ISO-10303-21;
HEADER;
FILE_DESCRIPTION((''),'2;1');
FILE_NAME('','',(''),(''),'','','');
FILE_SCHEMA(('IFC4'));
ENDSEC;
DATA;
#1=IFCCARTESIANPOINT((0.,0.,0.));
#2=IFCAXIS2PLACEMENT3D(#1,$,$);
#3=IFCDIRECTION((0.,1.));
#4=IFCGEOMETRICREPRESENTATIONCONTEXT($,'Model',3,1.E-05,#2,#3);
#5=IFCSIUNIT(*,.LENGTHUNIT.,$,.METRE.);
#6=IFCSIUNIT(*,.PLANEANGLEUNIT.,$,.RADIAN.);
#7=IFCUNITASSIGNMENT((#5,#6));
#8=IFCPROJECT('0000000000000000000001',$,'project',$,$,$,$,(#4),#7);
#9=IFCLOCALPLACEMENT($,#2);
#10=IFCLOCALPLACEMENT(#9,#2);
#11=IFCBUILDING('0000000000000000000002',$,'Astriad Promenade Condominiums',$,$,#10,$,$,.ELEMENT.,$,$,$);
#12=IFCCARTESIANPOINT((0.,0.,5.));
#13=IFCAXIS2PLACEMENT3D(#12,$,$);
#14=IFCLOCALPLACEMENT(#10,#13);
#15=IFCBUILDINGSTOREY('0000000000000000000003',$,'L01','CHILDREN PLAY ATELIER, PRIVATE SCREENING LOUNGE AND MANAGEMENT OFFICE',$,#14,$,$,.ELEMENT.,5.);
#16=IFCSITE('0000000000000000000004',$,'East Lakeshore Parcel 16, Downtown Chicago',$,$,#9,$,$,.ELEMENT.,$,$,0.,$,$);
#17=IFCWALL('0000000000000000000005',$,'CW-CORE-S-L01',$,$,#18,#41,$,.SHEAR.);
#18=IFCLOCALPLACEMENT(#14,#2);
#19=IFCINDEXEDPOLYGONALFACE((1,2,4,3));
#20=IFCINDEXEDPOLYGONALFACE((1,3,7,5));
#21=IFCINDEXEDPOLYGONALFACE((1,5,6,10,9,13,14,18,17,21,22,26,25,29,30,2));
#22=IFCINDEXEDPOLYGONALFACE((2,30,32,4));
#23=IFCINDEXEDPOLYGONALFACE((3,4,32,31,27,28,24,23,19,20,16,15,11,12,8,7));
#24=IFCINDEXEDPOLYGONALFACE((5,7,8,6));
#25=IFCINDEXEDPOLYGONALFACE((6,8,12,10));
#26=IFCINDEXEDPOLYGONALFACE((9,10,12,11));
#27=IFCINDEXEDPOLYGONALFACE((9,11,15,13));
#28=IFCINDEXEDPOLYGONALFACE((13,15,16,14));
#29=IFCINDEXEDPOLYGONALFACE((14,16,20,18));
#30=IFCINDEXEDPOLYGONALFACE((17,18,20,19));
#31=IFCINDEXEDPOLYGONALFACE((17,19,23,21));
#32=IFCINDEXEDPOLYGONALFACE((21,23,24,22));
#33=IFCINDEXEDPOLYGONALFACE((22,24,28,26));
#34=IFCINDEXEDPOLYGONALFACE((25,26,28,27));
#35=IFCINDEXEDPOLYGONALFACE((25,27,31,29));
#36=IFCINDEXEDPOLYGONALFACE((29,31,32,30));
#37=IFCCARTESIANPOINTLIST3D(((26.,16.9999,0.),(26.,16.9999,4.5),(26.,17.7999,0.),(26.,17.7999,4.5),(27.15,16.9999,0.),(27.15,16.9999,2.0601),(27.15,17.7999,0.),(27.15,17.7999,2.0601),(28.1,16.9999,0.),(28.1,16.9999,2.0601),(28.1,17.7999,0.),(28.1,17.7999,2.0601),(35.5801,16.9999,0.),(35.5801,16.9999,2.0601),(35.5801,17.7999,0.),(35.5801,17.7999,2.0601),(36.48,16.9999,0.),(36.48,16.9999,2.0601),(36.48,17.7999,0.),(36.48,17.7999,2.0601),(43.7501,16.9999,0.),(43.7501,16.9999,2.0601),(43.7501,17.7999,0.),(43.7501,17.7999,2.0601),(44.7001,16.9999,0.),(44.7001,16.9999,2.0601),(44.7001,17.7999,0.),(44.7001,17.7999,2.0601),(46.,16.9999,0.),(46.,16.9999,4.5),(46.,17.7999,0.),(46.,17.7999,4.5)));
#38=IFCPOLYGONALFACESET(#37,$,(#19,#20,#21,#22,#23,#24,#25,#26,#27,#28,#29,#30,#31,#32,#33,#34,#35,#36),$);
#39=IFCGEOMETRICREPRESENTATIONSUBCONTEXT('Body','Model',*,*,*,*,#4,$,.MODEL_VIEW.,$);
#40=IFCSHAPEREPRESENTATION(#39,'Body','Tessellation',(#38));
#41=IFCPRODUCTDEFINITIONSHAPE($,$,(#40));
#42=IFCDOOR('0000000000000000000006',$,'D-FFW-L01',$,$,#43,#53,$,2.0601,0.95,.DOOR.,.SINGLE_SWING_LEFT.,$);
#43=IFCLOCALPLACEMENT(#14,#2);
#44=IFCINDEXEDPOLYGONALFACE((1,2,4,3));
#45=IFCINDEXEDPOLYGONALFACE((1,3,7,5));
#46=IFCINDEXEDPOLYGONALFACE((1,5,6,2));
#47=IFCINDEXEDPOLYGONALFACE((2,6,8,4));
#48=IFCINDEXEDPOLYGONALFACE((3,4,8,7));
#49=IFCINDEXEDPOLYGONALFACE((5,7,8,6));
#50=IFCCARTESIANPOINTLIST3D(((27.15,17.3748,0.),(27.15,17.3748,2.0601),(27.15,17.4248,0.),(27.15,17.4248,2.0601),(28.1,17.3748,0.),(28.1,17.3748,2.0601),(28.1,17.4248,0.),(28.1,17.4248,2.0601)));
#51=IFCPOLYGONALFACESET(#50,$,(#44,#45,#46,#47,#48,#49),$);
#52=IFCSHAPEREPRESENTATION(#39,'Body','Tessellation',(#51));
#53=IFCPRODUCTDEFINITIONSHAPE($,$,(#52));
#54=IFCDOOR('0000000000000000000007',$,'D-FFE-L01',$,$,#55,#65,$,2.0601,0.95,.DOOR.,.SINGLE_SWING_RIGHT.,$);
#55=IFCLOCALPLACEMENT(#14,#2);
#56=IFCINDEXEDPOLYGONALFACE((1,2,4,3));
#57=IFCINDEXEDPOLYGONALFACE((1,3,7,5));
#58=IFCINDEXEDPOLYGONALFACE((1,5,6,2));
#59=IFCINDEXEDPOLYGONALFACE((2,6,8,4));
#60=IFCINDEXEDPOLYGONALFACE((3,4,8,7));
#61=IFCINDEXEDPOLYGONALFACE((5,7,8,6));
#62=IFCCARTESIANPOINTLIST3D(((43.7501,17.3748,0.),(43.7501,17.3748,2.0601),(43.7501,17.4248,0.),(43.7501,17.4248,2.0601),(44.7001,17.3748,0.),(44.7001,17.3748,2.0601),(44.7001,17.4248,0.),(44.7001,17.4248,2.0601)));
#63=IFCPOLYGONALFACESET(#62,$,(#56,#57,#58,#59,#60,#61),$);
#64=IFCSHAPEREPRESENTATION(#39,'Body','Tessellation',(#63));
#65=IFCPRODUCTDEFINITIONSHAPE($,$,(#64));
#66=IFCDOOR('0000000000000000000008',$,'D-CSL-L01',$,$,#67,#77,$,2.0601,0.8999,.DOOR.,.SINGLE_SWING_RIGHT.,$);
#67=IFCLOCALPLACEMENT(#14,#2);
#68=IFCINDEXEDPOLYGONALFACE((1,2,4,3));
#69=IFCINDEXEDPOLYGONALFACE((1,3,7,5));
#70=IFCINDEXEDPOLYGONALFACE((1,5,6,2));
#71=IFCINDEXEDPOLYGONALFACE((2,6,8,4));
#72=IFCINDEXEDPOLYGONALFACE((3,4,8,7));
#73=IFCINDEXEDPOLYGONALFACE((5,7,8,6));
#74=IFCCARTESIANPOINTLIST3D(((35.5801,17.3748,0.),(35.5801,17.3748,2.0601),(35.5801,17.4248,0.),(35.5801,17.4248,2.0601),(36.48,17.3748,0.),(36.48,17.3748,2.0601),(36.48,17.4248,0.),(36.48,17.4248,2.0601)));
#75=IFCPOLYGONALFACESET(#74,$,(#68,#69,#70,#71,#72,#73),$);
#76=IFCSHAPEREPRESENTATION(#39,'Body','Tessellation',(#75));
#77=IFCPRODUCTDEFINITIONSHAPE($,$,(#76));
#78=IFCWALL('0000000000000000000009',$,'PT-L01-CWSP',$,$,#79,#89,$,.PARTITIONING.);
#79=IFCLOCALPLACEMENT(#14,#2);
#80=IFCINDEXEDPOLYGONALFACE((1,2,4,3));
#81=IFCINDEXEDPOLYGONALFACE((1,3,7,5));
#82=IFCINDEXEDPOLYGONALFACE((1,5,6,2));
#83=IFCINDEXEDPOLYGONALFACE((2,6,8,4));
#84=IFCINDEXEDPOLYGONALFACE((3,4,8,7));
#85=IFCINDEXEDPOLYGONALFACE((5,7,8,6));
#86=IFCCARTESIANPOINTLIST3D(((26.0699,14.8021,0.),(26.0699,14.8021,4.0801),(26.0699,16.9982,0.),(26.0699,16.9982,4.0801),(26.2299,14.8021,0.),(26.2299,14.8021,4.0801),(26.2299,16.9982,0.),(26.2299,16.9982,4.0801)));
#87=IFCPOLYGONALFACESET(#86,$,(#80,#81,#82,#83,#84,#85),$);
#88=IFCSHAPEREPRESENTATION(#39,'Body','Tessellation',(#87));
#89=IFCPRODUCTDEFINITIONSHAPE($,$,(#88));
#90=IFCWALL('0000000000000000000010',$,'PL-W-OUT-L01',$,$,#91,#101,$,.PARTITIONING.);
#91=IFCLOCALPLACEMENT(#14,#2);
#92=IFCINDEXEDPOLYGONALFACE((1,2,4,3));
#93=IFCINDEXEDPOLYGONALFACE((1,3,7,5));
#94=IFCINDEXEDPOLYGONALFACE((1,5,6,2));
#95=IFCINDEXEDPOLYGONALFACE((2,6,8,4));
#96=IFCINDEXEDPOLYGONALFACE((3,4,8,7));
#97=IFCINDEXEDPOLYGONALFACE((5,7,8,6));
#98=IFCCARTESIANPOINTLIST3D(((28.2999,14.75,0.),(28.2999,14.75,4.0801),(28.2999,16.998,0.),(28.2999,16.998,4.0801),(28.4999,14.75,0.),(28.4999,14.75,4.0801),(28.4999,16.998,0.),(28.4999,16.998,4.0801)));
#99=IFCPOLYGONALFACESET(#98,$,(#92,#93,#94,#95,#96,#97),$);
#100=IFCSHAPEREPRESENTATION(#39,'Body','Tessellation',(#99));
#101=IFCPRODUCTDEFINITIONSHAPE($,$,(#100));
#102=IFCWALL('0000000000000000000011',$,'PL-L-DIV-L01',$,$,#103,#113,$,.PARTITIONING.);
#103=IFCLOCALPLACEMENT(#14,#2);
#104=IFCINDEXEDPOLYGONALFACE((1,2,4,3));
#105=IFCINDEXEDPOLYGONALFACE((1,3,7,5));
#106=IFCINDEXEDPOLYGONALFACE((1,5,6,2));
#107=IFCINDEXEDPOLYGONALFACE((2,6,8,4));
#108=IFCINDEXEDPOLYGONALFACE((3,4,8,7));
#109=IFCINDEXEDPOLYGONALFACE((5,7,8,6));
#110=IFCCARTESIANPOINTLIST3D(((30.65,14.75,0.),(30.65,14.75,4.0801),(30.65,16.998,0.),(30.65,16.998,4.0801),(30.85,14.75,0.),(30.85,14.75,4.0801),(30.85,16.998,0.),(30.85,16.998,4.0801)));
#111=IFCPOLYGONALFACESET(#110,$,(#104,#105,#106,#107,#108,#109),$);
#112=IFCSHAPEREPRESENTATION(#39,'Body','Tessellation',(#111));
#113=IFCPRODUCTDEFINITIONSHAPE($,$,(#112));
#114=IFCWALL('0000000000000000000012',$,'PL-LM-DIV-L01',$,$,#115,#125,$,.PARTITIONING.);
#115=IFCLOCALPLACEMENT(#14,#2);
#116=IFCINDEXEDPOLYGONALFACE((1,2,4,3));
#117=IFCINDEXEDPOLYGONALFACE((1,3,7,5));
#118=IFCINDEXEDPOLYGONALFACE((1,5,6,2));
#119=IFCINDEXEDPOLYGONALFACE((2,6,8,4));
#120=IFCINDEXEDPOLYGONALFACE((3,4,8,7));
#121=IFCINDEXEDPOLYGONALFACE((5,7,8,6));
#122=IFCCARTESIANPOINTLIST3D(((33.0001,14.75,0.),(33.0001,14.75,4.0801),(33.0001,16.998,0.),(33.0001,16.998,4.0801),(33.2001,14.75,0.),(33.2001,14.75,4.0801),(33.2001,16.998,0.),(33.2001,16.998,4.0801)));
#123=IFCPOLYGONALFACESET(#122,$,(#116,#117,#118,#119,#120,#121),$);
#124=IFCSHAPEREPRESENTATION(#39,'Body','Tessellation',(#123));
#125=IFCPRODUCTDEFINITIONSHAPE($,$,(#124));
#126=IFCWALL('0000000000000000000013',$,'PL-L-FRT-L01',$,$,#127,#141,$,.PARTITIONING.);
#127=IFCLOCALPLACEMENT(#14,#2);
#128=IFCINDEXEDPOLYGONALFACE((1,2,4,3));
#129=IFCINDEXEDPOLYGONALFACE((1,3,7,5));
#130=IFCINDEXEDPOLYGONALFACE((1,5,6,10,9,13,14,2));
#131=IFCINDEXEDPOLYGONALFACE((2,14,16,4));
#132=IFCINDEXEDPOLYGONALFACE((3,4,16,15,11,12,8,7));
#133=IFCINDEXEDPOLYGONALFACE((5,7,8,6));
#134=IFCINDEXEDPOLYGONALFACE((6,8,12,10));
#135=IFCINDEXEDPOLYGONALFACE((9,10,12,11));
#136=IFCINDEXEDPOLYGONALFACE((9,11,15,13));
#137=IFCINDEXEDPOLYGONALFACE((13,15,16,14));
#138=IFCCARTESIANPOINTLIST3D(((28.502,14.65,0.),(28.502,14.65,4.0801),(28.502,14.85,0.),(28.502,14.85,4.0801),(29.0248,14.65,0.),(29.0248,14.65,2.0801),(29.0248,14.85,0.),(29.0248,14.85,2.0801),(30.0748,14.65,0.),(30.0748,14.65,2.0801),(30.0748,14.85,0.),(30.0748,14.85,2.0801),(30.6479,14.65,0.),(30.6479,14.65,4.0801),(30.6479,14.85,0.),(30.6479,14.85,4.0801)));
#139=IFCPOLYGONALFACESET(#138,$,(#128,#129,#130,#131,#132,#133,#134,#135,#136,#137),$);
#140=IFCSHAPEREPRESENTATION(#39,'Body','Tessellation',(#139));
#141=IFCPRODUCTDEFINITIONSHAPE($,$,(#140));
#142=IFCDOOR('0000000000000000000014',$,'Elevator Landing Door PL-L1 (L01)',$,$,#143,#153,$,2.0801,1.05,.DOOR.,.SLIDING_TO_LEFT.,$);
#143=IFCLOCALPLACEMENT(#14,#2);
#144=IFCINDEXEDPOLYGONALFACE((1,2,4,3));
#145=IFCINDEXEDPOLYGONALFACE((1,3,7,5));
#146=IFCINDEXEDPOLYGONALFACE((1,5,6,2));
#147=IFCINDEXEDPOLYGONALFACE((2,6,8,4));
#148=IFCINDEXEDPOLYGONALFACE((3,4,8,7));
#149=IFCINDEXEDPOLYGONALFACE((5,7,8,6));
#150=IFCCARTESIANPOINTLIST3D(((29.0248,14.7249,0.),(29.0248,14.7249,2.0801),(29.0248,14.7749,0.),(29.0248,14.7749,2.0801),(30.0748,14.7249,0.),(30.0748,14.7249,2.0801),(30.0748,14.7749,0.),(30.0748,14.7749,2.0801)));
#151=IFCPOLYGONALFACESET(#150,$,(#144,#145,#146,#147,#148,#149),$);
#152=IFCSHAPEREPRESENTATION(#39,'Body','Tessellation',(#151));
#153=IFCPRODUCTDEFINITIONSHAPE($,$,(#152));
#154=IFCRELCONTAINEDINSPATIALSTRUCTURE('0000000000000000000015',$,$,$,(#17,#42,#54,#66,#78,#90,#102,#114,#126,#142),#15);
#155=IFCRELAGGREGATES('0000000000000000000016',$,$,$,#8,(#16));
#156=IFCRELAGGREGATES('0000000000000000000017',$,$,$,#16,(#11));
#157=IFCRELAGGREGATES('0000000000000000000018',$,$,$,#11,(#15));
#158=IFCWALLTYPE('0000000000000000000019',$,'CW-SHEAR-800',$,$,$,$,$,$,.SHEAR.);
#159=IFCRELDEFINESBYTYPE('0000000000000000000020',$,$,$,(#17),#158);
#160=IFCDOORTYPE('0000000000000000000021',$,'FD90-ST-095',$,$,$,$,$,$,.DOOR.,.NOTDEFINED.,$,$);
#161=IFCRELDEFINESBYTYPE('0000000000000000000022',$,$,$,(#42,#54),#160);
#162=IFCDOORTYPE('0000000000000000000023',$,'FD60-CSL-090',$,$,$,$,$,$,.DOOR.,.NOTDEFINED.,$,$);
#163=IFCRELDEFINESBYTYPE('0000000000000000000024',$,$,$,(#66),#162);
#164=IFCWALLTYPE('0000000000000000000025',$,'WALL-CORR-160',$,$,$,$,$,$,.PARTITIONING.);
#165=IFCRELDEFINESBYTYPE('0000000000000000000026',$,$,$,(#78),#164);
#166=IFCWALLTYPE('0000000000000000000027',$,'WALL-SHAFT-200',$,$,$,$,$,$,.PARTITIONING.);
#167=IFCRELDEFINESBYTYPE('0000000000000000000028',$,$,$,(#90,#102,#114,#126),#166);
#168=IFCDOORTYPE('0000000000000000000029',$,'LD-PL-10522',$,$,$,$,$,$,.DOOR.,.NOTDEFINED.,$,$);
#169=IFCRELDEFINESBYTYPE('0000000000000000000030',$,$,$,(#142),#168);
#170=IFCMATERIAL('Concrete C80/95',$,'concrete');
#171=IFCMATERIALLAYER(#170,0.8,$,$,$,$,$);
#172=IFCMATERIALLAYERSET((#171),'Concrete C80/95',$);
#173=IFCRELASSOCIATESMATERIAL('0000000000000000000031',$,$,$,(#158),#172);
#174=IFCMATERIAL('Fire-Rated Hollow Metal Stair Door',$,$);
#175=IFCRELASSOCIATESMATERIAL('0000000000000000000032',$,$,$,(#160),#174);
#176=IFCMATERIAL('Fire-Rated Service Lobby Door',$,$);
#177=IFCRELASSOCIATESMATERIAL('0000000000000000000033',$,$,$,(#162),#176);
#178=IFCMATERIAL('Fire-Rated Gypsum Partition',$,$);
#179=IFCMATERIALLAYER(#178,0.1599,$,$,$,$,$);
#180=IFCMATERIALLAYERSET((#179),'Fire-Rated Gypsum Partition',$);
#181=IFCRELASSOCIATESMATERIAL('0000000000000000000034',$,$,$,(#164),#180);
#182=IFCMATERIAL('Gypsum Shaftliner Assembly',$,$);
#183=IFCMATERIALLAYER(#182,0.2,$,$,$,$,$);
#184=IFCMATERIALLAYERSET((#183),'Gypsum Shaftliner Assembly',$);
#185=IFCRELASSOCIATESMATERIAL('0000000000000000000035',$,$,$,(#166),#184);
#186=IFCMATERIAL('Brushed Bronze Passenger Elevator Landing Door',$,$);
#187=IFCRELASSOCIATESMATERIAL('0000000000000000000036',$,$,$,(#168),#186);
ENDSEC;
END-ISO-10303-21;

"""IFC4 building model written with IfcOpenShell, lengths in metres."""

from ifc_helpers import new_model, si_unit, direction, frame, frame_2d, origin, place, context, subcontext, project, spatial, rectangle, extrude, source, transform, mapped, material, layer, layer_set, type_object, type_shapes, element, fill, save


model = new_model("IFC4")

# Units and contexts
model_context = context("Model", 3, precision=1e-05, world=origin(), true_north=direction((0.0, 1.0)))
body_context = subcontext(model_context, "Body", "Model", "MODEL_VIEW")
ifc_project = project(units=[si_unit("LENGTHUNIT", "METRE"), si_unit("PLANEANGLEUNIT", "RADIAN")], contexts=[model_context])

# Site, building, storey
site_placement = place(None, origin())
site = spatial("IfcSite", under=ifc_project, at=site_placement, Name="East Lakeshore Parcel 16, Downtown Chicago", CompositionType="ELEMENT", RefElevation=0.0)
building_placement = place(site_placement, origin())
building = spatial("IfcBuilding", under=site, at=building_placement, Name="Astriad Promenade Condominiums", CompositionType="ELEMENT")
storey_placement = place(building_placement, frame((0.0, 0.0, 5.0)))
storey = spatial("IfcBuildingStorey", under=building, at=storey_placement, Name="L01", Description="CHILDREN PLAY ATELIER, PRIVATE SCREENING LOUNGE AND MANAGEMENT OFFICE", CompositionType="ELEMENT", Elevation=5.0)

# Wall, openings, doors
ifc_material_1 = material(Name="Concrete C80/95", Category="concrete")
ifc_layer_1 = layer(ifc_material_1, 0.8)
ifc_layer_set_1 = layer_set([ifc_layer_1], Name="Concrete C80/95")
wall_type_1 = type_object("IfcWallType", Name="CW-SHEAR-800", PredefinedType="SHEAR", material=ifc_layer_set_1)
wall_1_placement = place(storey_placement, frame((26.0, 17.3999, 0.0), z_axis=(0.0, 0.0, 1.0), x_axis=(1.0, 0.0, 0.0)))
wall_1 = element("IfcWall", 1, at=wall_1_placement, inside=storey, type_object=wall_type_1, Name="CW-CORE-S-L01", PredefinedType="SHEAR", context=body_context, shape_type="SweptSolid", body=[
    extrude(rectangle(XDim=20.0, YDim=0.8, at=frame_2d((10.0, 0.0))), origin(), (0.0, 0.0, 1.0), 4.5),
])
opening_1_placement = place(wall_1_placement, frame((1.1499, 0.0, 0.0)))
opening_1 = element("IfcOpeningElement", 2, at=opening_1_placement, cuts=wall_1, PredefinedType="OPENING", context=body_context, shape_type="SweptSolid", body=[
    extrude(rectangle(XDim=0.95, YDim=2.0601, at=frame_2d((0.4751, 1.03))), frame((0.0, 0.4099, 0.0), z_axis=(0.0, -1.0, 0.0), x_axis=(1.0, 0.0, 0.0)), (0.0, 0.0, 1.0), 0.8201),
])
opening_2_placement = place(wall_1_placement, frame((9.5801, 0.0, 0.0)))
opening_2 = element("IfcOpeningElement", 3, at=opening_2_placement, cuts=wall_1, PredefinedType="OPENING", context=body_context, shape_type="SweptSolid", body=[
    extrude(rectangle(XDim=0.8999, YDim=2.0601, at=frame_2d((0.45, 1.03))), frame((0.0, 0.4099, 0.0), z_axis=(0.0, -1.0, 0.0), x_axis=(1.0, 0.0, 0.0)), (0.0, 0.0, 1.0), 0.8201),
])
opening_3_placement = place(wall_1_placement, frame((17.75, 0.0, 0.0)))
opening_3 = element("IfcOpeningElement", 4, at=opening_3_placement, cuts=wall_1, PredefinedType="OPENING", context=body_context, shape_type="SweptSolid", body=[
    extrude(rectangle(XDim=0.95, YDim=2.0601, at=frame_2d((0.4751, 1.03))), frame((0.0, 0.4099, 0.0), z_axis=(0.0, -1.0, 0.0), x_axis=(1.0, 0.0, 0.0)), (0.0, 0.0, 1.0), 0.8201),
])
ifc_material_2 = material(Name="Fire-Rated Hollow Metal Stair Door")
door_type_1 = type_object("IfcDoorType", Name="FD90-ST-095", OperationType="NOTDEFINED", PredefinedType="DOOR", material=ifc_material_2)
shared_shape_1 = source(origin(), body_context, "Body", "SweptSolid", [
    extrude(rectangle(XDim=0.95, YDim=2.0601, at=frame_2d((0.4751, 1.03))), frame((0.0, 0.0249, 0.0), z_axis=(0.0, -1.0, 0.0), x_axis=(1.0, 0.0, 0.0)), (0.0, 0.0, 1.0), 0.05),
])
type_shapes(door_type_1, [shared_shape_1])
door_1_placement = place(opening_1_placement, origin())
door_1 = element("IfcDoor", 5, at=door_1_placement, inside=storey, type_object=door_type_1, Name="D-FFW-L01", OperationType="SINGLE_SWING_LEFT", OverallHeight=2.0601, OverallWidth=0.95, PredefinedType="DOOR", context=body_context, shape_type="MappedRepresentation", body=[
    mapped(shared_shape_1, transform((0.0, 0.0, 0.0), scale=1.0)),
])
fill(opening_1, door_1)
door_2_placement = place(opening_3_placement, origin())
door_2 = element("IfcDoor", 6, at=door_2_placement, inside=storey, type_object=door_type_1, Name="D-FFE-L01", OperationType="SINGLE_SWING_RIGHT", OverallHeight=2.0601, OverallWidth=0.95, PredefinedType="DOOR", context=body_context, shape_type="MappedRepresentation", body=[
    mapped(shared_shape_1, transform((0.0, 0.0, 0.0), scale=1.0)),
])
fill(opening_3, door_2)
ifc_material_3 = material(Name="Fire-Rated Service Lobby Door")
door_type_2 = type_object("IfcDoorType", Name="FD60-CSL-090", OperationType="NOTDEFINED", PredefinedType="DOOR", material=ifc_material_3)
shared_shape_2 = source(origin(), body_context, "Body", "SweptSolid", [
    extrude(rectangle(XDim=0.8999, YDim=2.0601, at=frame_2d((0.45, 1.03))), frame((0.0, 0.0249, 0.0), z_axis=(0.0, -1.0, 0.0), x_axis=(1.0, 0.0, 0.0)), (0.0, 0.0, 1.0), 0.05),
])
type_shapes(door_type_2, [shared_shape_2])
door_3_placement = place(opening_2_placement, origin())
door_3 = element("IfcDoor", 7, at=door_3_placement, inside=storey, type_object=door_type_2, Name="D-CSL-L01", OperationType="SINGLE_SWING_RIGHT", OverallHeight=2.0601, OverallWidth=0.8999, PredefinedType="DOOR", context=body_context, shape_type="MappedRepresentation", body=[
    mapped(shared_shape_2, transform((0.0, 0.0, 0.0), scale=1.0)),
])
fill(opening_2, door_3)

# Walls
ifc_material_4 = material(Name="Fire-Rated Gypsum Partition")
ifc_layer_2 = layer(ifc_material_4, 0.1599)
ifc_layer_set_2 = layer_set([ifc_layer_2], Name="Fire-Rated Gypsum Partition")
wall_type_2 = type_object("IfcWallType", Name="WALL-CORR-160", PredefinedType="PARTITIONING", material=ifc_layer_set_2)
wall_2_placement = place(storey_placement, frame((26.1499, 14.802, 0.0), z_axis=(0.0, 0.0, 1.0), x_axis=(0.0, 1.0, 0.0)))
element("IfcWall", 8, at=wall_2_placement, inside=storey, type_object=wall_type_2, Name="PT-L01-CWSP", PredefinedType="PARTITIONING", context=body_context, shape_type="SweptSolid", body=[
    extrude(rectangle(XDim=2.196, YDim=0.1599, at=frame_2d((1.0981, 0.0))), origin(), (0.0, 0.0, 1.0), 4.0801),
])
ifc_material_5 = material(Name="Gypsum Shaftliner Assembly")
ifc_layer_3 = layer(ifc_material_5, 0.2)
ifc_layer_set_3 = layer_set([ifc_layer_3], Name="Gypsum Shaftliner Assembly")
wall_type_3 = type_object("IfcWallType", Name="WALL-SHAFT-200", PredefinedType="PARTITIONING", material=ifc_layer_set_3)
for number, where, z_axis, x_axis, name in (
    (9, (28.3999, 14.75, 0.0), (0.0, 0.0, 1.0), (0.0, 1.0, 0.0), "PL-W-OUT-L01"),
    (10, (30.75, 14.75, 0.0), (0.0, 0.0, 1.0), (0.0, 1.0, 0.0), "PL-L-DIV-L01"),
    (11, (33.1001, 14.75, 0.0), (0.0, 0.0, 1.0), (0.0, 1.0, 0.0), "PL-LM-DIV-L01"),
):
    element("IfcWall", number, at=place(storey_placement, frame(where, z_axis=z_axis, x_axis=x_axis)), inside=storey, type_object=wall_type_3, Name=name, PredefinedType="PARTITIONING", context=body_context, shape_type="SweptSolid", body=[
        extrude(rectangle(XDim=2.248, YDim=0.2, at=frame_2d((1.124, 0.0))), origin(), (0.0, 0.0, 1.0), 4.0801),
    ])

# Wall, opening, door
wall_3_placement = place(storey_placement, frame((28.502, 14.75, 0.0), z_axis=(0.0, 0.0, 1.0), x_axis=(1.0, 0.0, 0.0)))
wall_3 = element("IfcWall", 12, at=wall_3_placement, inside=storey, type_object=wall_type_3, Name="PL-L-FRT-L01", PredefinedType="PARTITIONING", context=body_context, shape_type="SweptSolid", body=[
    extrude(rectangle(XDim=2.146, YDim=0.2, at=frame_2d((1.073, 0.0))), origin(), (0.0, 0.0, 1.0), 4.0801),
])
opening_4_placement = place(wall_3_placement, frame((0.5229, 0.0, 0.0)))
opening_4 = element("IfcOpeningElement", 13, at=opening_4_placement, cuts=wall_3, PredefinedType="OPENING", context=body_context, shape_type="SweptSolid", body=[
    extrude(rectangle(XDim=1.05, YDim=2.0801, at=frame_2d((0.5249, 1.04))), frame((0.0, 0.1099, 0.0), z_axis=(0.0, -1.0, 0.0), x_axis=(1.0, 0.0, 0.0)), (0.0, 0.0, 1.0), 0.22),
])
ifc_material_6 = material(Name="Brushed Bronze Passenger Elevator Landing Door")
door_type_3 = type_object("IfcDoorType", Name="LD-PL-10522", OperationType="NOTDEFINED", PredefinedType="DOOR", material=ifc_material_6)
shared_shape_3 = source(origin(), body_context, "Body", "SweptSolid", [
    extrude(rectangle(XDim=1.05, YDim=2.0801, at=frame_2d((0.5249, 1.04))), frame((0.0, 0.0249, 0.0), z_axis=(0.0, -1.0, 0.0), x_axis=(1.0, 0.0, 0.0)), (0.0, 0.0, 1.0), 0.05),
])
type_shapes(door_type_3, [shared_shape_3])
door_4_placement = place(opening_4_placement, origin())
door_4 = element("IfcDoor", 14, at=door_4_placement, inside=storey, type_object=door_type_3, Name="Elevator Landing Door PL-L1 (L01)", OperationType="SLIDING_TO_LEFT", OverallHeight=2.0801, OverallWidth=1.05, PredefinedType="DOOR", context=body_context, shape_type="MappedRepresentation", body=[
    mapped(shared_shape_3, transform((0.0, 0.0, 0.0), scale=1.0)),
])
fill(opening_4, door_4)

save(model, "model.ifc")
